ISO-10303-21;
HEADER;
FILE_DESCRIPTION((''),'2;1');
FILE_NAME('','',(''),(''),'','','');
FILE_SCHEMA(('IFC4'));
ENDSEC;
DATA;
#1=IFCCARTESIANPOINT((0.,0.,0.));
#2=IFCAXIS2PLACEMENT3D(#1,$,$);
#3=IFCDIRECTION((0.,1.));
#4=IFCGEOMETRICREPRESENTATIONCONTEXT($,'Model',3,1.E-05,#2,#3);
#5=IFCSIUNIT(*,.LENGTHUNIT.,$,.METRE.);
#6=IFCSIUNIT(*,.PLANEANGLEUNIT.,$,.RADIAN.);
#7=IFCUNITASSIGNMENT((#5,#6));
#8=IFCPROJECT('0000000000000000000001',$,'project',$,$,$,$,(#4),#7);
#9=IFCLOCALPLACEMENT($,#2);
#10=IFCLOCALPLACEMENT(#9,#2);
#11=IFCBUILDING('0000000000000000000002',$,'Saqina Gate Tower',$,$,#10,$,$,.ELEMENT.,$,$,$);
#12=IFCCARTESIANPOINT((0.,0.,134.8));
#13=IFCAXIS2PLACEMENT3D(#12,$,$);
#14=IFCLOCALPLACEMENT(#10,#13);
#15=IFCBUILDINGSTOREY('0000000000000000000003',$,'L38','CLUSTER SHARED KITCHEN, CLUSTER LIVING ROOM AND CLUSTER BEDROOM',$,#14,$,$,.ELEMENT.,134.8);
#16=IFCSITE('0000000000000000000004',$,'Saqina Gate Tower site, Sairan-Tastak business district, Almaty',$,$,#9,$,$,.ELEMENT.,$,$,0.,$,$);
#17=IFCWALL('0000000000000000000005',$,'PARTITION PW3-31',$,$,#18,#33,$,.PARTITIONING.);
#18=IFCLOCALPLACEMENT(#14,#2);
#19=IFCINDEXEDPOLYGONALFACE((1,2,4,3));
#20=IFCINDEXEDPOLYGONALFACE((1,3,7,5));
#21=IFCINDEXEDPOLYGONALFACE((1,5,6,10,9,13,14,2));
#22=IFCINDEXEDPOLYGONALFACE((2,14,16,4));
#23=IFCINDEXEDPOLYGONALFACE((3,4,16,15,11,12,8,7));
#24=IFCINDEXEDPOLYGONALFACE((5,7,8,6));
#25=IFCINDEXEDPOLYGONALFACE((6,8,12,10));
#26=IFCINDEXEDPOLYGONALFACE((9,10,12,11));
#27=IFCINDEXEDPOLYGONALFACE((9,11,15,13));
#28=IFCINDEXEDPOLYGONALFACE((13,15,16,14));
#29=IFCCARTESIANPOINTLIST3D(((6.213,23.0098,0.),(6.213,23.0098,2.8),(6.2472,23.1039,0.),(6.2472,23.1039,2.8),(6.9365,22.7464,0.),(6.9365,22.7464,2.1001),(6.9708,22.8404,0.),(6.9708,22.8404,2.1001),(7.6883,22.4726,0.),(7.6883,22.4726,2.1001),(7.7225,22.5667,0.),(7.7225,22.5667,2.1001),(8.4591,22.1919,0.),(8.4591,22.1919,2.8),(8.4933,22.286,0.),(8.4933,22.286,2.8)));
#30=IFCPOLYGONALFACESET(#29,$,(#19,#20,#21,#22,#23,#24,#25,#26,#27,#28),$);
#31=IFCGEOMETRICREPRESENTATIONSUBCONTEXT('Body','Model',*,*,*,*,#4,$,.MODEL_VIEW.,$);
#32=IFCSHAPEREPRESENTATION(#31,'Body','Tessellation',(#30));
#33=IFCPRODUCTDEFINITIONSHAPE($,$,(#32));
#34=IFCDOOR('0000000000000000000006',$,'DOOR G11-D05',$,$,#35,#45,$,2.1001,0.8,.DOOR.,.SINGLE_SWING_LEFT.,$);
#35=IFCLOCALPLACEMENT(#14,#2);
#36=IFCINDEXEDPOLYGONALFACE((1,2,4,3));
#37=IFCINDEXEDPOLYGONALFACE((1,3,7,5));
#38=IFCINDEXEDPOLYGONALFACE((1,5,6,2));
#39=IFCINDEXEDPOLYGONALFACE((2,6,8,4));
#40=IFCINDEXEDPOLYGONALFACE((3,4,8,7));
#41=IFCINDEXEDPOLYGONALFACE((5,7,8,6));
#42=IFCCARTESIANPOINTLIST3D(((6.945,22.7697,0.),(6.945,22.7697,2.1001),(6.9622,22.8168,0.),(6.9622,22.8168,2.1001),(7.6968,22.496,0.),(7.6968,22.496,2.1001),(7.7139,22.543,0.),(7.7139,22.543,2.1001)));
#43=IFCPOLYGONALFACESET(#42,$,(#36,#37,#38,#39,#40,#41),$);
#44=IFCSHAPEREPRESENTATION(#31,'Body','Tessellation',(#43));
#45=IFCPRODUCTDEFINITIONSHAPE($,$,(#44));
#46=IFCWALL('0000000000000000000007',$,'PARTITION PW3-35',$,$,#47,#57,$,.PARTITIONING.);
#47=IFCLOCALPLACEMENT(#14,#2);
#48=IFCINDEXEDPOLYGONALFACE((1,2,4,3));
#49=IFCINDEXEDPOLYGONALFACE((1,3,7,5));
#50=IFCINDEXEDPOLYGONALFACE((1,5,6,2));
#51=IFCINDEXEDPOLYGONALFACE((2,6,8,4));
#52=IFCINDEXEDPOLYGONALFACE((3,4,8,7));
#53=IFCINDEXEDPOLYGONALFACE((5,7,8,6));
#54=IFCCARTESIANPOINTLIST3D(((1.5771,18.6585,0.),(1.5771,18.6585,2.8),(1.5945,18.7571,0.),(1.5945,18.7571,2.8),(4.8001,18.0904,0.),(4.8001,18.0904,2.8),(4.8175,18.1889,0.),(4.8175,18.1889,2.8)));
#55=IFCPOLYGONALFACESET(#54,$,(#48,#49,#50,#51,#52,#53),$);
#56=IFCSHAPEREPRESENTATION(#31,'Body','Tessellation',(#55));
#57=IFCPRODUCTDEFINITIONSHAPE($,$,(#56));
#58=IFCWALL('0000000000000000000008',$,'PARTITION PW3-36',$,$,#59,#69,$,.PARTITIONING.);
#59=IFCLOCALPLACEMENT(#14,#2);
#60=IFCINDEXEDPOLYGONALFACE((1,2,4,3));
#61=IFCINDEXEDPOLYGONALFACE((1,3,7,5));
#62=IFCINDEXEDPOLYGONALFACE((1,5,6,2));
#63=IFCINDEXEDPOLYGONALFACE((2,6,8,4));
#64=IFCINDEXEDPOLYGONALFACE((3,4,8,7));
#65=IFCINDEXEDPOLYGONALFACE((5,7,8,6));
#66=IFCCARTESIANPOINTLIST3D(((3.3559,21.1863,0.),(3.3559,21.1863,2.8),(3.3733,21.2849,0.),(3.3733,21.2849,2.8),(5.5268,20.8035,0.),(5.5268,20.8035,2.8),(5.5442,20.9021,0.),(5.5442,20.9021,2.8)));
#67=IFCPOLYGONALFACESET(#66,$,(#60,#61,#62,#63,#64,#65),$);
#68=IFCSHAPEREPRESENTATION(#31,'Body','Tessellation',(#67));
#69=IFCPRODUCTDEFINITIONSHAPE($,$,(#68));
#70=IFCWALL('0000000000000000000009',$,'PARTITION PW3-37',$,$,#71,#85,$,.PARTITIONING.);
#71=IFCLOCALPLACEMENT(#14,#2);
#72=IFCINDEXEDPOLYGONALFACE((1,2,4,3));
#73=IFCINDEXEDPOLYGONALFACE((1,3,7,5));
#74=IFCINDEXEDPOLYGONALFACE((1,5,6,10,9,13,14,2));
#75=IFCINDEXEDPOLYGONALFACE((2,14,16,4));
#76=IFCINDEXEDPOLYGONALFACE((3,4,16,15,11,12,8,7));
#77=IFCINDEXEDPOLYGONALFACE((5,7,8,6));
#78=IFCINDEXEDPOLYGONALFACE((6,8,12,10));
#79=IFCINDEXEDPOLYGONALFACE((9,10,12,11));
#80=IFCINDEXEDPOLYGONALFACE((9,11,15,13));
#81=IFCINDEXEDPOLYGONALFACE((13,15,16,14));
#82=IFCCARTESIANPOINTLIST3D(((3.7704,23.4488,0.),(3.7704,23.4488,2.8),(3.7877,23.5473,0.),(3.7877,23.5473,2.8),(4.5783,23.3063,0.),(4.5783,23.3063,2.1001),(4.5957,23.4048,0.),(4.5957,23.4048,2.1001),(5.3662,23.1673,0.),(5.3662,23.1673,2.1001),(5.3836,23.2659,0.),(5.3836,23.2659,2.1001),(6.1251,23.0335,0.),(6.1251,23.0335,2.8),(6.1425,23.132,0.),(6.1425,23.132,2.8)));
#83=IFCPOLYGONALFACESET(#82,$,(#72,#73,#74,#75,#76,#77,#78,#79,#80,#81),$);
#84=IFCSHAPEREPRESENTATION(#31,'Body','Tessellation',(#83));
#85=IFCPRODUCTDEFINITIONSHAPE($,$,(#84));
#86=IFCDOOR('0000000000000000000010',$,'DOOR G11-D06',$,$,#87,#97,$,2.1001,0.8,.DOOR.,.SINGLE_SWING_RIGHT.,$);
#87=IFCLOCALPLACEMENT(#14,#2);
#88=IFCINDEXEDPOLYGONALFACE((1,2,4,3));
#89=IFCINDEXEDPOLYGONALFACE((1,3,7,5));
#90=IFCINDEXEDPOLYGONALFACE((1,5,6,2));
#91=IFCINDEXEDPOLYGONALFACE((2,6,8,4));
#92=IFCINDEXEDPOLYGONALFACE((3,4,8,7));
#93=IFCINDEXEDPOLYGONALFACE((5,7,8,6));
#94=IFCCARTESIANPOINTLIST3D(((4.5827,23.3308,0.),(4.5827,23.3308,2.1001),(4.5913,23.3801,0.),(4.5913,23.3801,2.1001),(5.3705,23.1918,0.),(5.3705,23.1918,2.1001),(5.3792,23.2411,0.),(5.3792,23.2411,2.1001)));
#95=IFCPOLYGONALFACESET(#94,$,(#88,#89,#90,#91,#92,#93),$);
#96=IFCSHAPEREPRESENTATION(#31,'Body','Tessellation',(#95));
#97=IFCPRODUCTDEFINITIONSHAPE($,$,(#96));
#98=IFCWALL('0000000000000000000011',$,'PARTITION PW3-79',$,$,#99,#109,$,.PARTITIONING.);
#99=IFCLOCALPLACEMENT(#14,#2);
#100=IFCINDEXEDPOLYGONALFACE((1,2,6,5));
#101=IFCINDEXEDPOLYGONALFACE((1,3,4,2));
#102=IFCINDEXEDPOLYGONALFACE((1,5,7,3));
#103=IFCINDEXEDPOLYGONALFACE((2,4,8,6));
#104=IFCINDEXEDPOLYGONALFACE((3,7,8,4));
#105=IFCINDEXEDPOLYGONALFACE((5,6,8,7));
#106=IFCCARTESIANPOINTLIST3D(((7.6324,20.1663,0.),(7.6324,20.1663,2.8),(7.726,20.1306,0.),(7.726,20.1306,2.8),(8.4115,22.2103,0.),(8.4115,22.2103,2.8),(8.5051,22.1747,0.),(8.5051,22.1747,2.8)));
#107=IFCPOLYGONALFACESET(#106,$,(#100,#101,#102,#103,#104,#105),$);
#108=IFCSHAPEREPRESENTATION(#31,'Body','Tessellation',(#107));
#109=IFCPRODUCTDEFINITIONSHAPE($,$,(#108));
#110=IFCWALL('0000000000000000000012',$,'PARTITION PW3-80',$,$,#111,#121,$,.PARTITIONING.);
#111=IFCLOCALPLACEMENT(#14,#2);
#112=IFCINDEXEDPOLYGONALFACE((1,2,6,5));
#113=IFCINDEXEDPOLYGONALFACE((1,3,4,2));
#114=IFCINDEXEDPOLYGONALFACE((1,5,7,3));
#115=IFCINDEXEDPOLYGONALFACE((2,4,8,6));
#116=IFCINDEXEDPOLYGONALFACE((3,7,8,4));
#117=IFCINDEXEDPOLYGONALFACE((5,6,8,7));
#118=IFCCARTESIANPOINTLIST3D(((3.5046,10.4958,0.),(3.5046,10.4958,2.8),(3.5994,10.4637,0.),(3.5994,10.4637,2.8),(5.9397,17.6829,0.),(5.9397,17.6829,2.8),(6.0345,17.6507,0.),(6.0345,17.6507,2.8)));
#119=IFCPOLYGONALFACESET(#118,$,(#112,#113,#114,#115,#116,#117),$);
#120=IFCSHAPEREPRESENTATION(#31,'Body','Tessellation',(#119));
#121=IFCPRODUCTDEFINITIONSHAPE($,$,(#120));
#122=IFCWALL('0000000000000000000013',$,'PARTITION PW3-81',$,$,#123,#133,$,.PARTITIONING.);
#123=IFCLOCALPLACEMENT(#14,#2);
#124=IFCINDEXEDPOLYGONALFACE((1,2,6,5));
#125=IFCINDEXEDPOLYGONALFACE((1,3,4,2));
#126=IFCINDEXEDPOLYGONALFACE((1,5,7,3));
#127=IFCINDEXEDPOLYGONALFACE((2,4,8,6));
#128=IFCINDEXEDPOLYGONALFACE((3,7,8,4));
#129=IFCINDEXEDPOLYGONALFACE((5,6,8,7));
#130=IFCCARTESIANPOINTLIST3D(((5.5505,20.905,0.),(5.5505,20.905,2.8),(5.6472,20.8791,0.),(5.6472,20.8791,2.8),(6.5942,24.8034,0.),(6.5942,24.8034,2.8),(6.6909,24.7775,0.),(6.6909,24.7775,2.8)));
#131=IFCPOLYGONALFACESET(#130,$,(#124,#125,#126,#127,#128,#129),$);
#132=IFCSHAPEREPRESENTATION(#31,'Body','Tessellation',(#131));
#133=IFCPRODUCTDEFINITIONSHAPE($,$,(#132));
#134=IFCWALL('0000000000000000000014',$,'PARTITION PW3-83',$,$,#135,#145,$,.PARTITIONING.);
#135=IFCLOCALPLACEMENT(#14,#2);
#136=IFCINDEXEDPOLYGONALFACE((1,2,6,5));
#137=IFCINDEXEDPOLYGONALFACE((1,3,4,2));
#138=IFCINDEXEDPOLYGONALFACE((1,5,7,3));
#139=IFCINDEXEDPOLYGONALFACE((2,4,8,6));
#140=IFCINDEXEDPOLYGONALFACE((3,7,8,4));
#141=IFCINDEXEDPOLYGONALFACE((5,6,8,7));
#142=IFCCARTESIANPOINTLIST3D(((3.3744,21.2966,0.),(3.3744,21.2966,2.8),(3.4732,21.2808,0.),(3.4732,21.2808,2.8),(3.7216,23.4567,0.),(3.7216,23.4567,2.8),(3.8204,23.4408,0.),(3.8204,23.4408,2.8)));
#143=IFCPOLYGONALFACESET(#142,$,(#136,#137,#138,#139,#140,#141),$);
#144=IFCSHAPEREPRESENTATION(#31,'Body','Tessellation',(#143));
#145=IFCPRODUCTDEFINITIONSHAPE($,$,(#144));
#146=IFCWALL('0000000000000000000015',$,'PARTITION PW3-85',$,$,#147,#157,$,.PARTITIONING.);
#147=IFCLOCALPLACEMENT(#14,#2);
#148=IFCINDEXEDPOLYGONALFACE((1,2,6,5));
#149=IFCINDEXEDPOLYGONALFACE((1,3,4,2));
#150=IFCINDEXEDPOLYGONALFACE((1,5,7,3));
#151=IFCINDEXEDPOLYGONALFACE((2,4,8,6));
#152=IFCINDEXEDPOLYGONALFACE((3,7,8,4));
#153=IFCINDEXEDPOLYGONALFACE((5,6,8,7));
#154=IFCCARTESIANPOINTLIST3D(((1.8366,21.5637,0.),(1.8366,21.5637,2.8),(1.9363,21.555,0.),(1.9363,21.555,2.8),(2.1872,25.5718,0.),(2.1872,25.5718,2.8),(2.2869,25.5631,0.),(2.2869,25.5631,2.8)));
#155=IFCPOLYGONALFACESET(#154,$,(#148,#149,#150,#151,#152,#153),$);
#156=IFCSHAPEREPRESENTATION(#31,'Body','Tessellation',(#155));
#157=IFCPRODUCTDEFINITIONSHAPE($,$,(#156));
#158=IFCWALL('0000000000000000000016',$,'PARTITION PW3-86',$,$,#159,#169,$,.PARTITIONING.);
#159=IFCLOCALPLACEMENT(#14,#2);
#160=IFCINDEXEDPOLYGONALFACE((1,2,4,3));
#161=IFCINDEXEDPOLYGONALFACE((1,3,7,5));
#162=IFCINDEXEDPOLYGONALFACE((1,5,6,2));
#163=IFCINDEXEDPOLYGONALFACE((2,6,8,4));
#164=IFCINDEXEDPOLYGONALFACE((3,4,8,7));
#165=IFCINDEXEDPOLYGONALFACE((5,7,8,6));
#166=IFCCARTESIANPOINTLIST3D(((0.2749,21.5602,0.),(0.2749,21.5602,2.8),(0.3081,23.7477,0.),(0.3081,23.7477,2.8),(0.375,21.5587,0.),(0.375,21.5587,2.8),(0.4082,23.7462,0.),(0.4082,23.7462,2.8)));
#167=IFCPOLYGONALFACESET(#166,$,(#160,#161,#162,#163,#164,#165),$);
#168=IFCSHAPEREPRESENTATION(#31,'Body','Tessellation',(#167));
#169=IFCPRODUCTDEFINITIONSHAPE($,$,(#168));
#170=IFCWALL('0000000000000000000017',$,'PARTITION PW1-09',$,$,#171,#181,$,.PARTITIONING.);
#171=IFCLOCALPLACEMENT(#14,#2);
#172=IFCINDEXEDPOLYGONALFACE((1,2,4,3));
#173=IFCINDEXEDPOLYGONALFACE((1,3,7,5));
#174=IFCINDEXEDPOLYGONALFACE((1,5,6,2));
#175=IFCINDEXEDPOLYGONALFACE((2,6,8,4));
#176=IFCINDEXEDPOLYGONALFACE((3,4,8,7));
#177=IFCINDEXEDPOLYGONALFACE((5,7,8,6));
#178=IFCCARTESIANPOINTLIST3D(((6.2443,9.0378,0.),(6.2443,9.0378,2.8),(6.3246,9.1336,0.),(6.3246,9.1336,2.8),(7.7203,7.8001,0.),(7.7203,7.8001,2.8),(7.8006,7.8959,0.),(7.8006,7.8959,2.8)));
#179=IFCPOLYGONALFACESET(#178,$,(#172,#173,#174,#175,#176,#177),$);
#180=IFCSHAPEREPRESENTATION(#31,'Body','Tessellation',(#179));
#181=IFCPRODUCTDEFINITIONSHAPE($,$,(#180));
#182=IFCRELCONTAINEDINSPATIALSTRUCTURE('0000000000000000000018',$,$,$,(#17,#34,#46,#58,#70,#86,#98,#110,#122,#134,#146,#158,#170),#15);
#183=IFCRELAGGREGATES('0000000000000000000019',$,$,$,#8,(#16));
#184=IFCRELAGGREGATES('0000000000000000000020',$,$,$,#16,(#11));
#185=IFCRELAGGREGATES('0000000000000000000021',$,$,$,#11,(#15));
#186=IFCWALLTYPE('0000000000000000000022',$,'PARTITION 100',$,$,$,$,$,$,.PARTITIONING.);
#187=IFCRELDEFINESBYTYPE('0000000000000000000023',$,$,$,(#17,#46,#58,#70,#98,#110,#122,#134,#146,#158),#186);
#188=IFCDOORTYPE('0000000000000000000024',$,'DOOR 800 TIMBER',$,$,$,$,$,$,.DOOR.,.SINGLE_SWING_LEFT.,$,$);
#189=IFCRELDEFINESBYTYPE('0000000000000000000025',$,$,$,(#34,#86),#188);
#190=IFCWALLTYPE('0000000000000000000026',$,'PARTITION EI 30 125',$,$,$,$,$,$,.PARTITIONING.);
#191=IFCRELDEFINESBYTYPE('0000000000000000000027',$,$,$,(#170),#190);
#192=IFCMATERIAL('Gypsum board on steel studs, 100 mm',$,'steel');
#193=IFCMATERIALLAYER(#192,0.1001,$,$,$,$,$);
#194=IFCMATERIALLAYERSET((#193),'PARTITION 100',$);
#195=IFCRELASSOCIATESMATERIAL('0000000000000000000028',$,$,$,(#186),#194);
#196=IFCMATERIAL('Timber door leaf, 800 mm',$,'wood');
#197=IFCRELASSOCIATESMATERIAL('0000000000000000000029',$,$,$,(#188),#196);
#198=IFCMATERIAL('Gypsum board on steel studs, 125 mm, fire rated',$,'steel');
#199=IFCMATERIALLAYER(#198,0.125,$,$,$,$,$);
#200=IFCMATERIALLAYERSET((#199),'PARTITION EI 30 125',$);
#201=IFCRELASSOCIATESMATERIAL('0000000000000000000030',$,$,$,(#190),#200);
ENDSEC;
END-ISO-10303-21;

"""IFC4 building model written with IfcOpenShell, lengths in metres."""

from ifc_helpers import new_model, si_unit, direction, frame, frame_2d, origin, place, context, subcontext, project, spatial, rectangle, extrude, material, layer, layer_set, type_object, element, fill, save


model = new_model("IFC4")

# Units and contexts
model_context = context("Model", 3, precision=1e-05, world=origin(), true_north=direction((0.0, 1.0)))
body_context = subcontext(model_context, "Body", "Model", "MODEL_VIEW")
ifc_project = project(units=[si_unit("LENGTHUNIT", "METRE"), si_unit("PLANEANGLEUNIT", "RADIAN")], contexts=[model_context])

# Site, building, storey
site_placement = place(None, origin())
site = spatial("IfcSite", under=ifc_project, at=site_placement, Name="Saqina Gate Tower site, Sairan-Tastak business district, Almaty", CompositionType="ELEMENT", RefElevation=0.0)
building_placement = place(site_placement, origin())
building = spatial("IfcBuilding", under=site, at=building_placement, Name="Saqina Gate Tower", CompositionType="ELEMENT")
storey_placement = place(building_placement, frame((0.0, 0.0, 134.8)))
storey = spatial("IfcBuildingStorey", under=building, at=storey_placement, Name="L38", Description="CLUSTER SHARED KITCHEN, CLUSTER LIVING ROOM AND CLUSTER BEDROOM", CompositionType="ELEMENT", Elevation=134.8)

# Shared definitions
ifc_material_1 = material(Name="Gypsum board on steel studs, 100 mm", Category="steel")
ifc_layer_1 = layer(ifc_material_1, 0.1001)
ifc_layer_set_1 = layer_set([ifc_layer_1], Name="PARTITION 100")
wall_type_1 = type_object("IfcWallType", Name="PARTITION 100", PredefinedType="PARTITIONING", material=ifc_layer_set_1)

# Wall, opening, door
wall_1_placement = place(storey_placement, frame((6.23, 23.0569, 0.0), z_axis=(0.0, 0.0, 1.0), x_axis=(0.939644, -0.342153, 0.0)))
wall_1 = element("IfcWall", 1, at=wall_1_placement, inside=storey, type_object=wall_type_1, Name="PARTITION PW3-31", PredefinedType="PARTITIONING", context=body_context, shape_type="SweptSolid", body=[
    extrude(rectangle(XDim=2.3904, YDim=0.1001, at=frame_2d((1.1953, 0.0))), origin(), (0.0, 0.0, 1.0), 2.8),
])
opening_1_placement = place(wall_1_placement, frame((0.7703, 0.0, 0.0)))
opening_1 = element("IfcOpeningElement", 2, at=opening_1_placement, cuts=wall_1, PredefinedType="OPENING", context=body_context, shape_type="SweptSolid", body=[
    extrude(rectangle(XDim=0.8, YDim=2.1001, at=frame_2d((0.3999, 1.05))), frame((0.0, 0.062, 0.0), z_axis=(0.0, -1.0, 0.0), x_axis=(1.0, 0.0, 0.0)), (0.0, 0.0, 1.0), 0.124),
])
ifc_material_2 = material(Name="Timber door leaf, 800 mm", Category="wood")
door_type_1 = type_object("IfcDoorType", Name="DOOR 800 TIMBER", OperationType="SINGLE_SWING_LEFT", PredefinedType="DOOR", material=ifc_material_2)
door_1_placement = place(opening_1_placement, origin())
door_1 = element("IfcDoor", 3, at=door_1_placement, inside=storey, type_object=door_type_1, Name="DOOR G11-D05", OperationType="SINGLE_SWING_LEFT", OverallHeight=2.1001, OverallWidth=0.8, PredefinedType="DOOR", context=body_context, shape_type="SweptSolid", body=[
    extrude(rectangle(XDim=0.8, YDim=2.1001, at=frame_2d((0.3999, 1.05))), frame((0.0, 0.0249, 0.0), z_axis=(0.0, -1.0, 0.0), x_axis=(1.0, 0.0, 0.0)), (0.0, 0.0, 1.0), 0.05),
])
fill(opening_1, door_1)

# Walls
wall_2_placement = place(storey_placement, frame((1.5859, 18.7078, 0.0), z_axis=(0.0, 0.0, 1.0), x_axis=(0.984817, -0.173598, 0.0)))
element("IfcWall", 4, at=wall_2_placement, inside=storey, type_object=wall_type_1, Name="PARTITION PW3-35", PredefinedType="PARTITIONING", context=body_context, shape_type="SweptSolid", body=[
    extrude(rectangle(XDim=3.2727, YDim=0.1001, at=frame_2d((1.6362, 0.0))), origin(), (0.0, 0.0, 1.0), 2.8),
])
wall_3_placement = place(storey_placement, frame((3.3647, 21.2356, 0.0), z_axis=(0.0, 0.0, 1.0), x_axis=(0.984806, -0.173659, 0.0)))
element("IfcWall", 5, at=wall_3_placement, inside=storey, type_object=wall_type_1, Name="PARTITION PW3-36", PredefinedType="PARTITIONING", context=body_context, shape_type="SweptSolid", body=[
    extrude(rectangle(XDim=2.2043, YDim=0.1001, at=frame_2d((1.1021, 0.0))), origin(), (0.0, 0.0, 1.0), 2.8),
])

# Wall, opening, door
wall_4_placement = place(storey_placement, frame((3.7791, 23.498, 0.0), z_axis=(0.0, 0.0, 1.0), x_axis=(0.984802, -0.17368, 0.0)))
wall_4 = element("IfcWall", 6, at=wall_4_placement, inside=storey, type_object=wall_type_1, Name="PARTITION PW3-37", PredefinedType="PARTITIONING", context=body_context, shape_type="SweptSolid", body=[
    extrude(rectangle(XDim=2.3911, YDim=0.1001, at=frame_2d((1.1956, 0.0))), origin(), (0.0, 0.0, 1.0), 2.8),
])
opening_2_placement = place(wall_4_placement, frame((0.8206, 0.0, 0.0)))
opening_2 = element("IfcOpeningElement", 7, at=opening_2_placement, cuts=wall_4, PredefinedType="OPENING", context=body_context, shape_type="SweptSolid", body=[
    extrude(rectangle(XDim=0.8, YDim=2.1001, at=frame_2d((0.3999, 1.05))), frame((0.0, 0.062, 0.0), z_axis=(0.0, -1.0, 0.0), x_axis=(1.0, 0.0, 0.0)), (0.0, 0.0, 1.0), 0.124),
])
door_2_placement = place(opening_2_placement, origin())
door_2 = element("IfcDoor", 8, at=door_2_placement, inside=storey, type_object=door_type_1, Name="DOOR G11-D06", OperationType="SINGLE_SWING_RIGHT", OverallHeight=2.1001, OverallWidth=0.8, PredefinedType="DOOR", context=body_context, shape_type="SweptSolid", body=[
    extrude(rectangle(XDim=0.8, YDim=2.1001, at=frame_2d((0.3999, 1.05))), frame((0.0, 0.0249, 0.0), z_axis=(0.0, -1.0, 0.0), x_axis=(1.0, 0.0, 0.0)), (0.0, 0.0, 1.0), 0.05),
])
fill(opening_2, door_2)

# Walls
wall_5_placement = place(storey_placement, frame((7.6792, 20.1484, 0.0), z_axis=(0.0, 0.0, 1.0), x_axis=(0.356158, 0.934426, 0.0)))
element("IfcWall", 9, at=wall_5_placement, inside=storey, type_object=wall_type_1, Name="PARTITION PW3-79", PredefinedType="PARTITIONING", context=body_context, shape_type="SweptSolid", body=[
    extrude(rectangle(XDim=2.1875, YDim=0.1001, at=frame_2d((1.0938, 0.0))), origin(), (0.0, 0.0, 1.0), 2.8),
])
wall_6_placement = place(storey_placement, frame((3.552, 10.4797, 0.0), z_axis=(0.0, 0.0, 1.0), x_axis=(0.320895, 0.947115, 0.0)))
element("IfcWall", 10, at=wall_6_placement, inside=storey, type_object=wall_type_1, Name="PARTITION PW3-80", PredefinedType="PARTITIONING", context=body_context, shape_type="SweptSolid", body=[
    extrude(rectangle(XDim=7.5884, YDim=0.1001, at=frame_2d((3.7942, 0.0))), origin(), (0.0, 0.0, 1.0), 2.8),
])
wall_7_placement = place(storey_placement, frame((5.5989, 20.8921, 0.0), z_axis=(0.0, 0.0, 1.0), x_axis=(0.258615, 0.96598, 0.0)))
element("IfcWall", 11, at=wall_7_placement, inside=storey, type_object=wall_type_1, Name="PARTITION PW3-81", PredefinedType="PARTITIONING", context=body_context, shape_type="SweptSolid", body=[
    extrude(rectangle(XDim=4.0356, YDim=0.1001, at=frame_2d((2.0178, 0.0))), origin(), (0.0, 0.0, 1.0), 2.8),
])
wall_8_placement = place(storey_placement, frame((3.4238, 21.2888, 0.0), z_axis=(0.0, 0.0, 1.0), x_axis=(0.158696, 0.987328, 0.0)))
element("IfcWall", 12, at=wall_8_placement, inside=storey, type_object=wall_type_1, Name="PARTITION PW3-83", PredefinedType="PARTITIONING", context=body_context, shape_type="SweptSolid", body=[
    extrude(rectangle(XDim=2.1877, YDim=0.1001, at=frame_2d((1.0938, 0.0))), origin(), (0.0, 0.0, 1.0), 2.8),
])
wall_9_placement = place(storey_placement, frame((1.8865, 21.5593, 0.0), z_axis=(0.0, 0.0, 1.0), x_axis=(0.087138, 0.996196, 0.0)))
element("IfcWall", 13, at=wall_9_placement, inside=storey, type_object=wall_type_1, Name="PARTITION PW3-85", PredefinedType="PARTITIONING", context=body_context, shape_type="SweptSolid", body=[
    extrude(rectangle(XDim=4.0234, YDim=0.1001, at=frame_2d((2.0117, 0.0))), origin(), (0.0, 0.0, 1.0), 2.8),
])
wall_10_placement = place(storey_placement, frame((0.325, 21.5596, 0.0), z_axis=(0.0, 0.0, 1.0), x_axis=(0.015177, 0.999885, 0.0)))
element("IfcWall", 14, at=wall_10_placement, inside=storey, type_object=wall_type_1, Name="PARTITION PW3-86", PredefinedType="PARTITIONING", context=body_context, shape_type="SweptSolid", body=[
    extrude(rectangle(XDim=2.1877, YDim=0.1001, at=frame_2d((1.0938, 0.0))), origin(), (0.0, 0.0, 1.0), 2.8),
])
ifc_material_3 = material(Name="Gypsum board on steel studs, 125 mm, fire rated", Category="steel")
ifc_layer_2 = layer(ifc_material_3, 0.125)
ifc_layer_set_2 = layer_set([ifc_layer_2], Name="PARTITION EI 30 125")
wall_type_2 = type_object("IfcWallType", Name="PARTITION EI 30 125", PredefinedType="PARTITIONING", material=ifc_layer_set_2)
wall_11_placement = place(storey_placement, frame((6.2844, 9.0857, 0.0), z_axis=(0.0, 0.0, 1.0), x_axis=(0.766244, -0.64255, 0.0)))
element("IfcWall", 15, at=wall_11_placement, inside=storey, type_object=wall_type_2, Name="PARTITION PW1-09", PredefinedType="PARTITIONING", context=body_context, shape_type="SweptSolid", body=[
    extrude(rectangle(XDim=1.9263, YDim=0.125, at=frame_2d((0.9631, 0.0))), origin(), (0.0, 0.0, 1.0), 2.8),
])

save(model, "model.ifc")
